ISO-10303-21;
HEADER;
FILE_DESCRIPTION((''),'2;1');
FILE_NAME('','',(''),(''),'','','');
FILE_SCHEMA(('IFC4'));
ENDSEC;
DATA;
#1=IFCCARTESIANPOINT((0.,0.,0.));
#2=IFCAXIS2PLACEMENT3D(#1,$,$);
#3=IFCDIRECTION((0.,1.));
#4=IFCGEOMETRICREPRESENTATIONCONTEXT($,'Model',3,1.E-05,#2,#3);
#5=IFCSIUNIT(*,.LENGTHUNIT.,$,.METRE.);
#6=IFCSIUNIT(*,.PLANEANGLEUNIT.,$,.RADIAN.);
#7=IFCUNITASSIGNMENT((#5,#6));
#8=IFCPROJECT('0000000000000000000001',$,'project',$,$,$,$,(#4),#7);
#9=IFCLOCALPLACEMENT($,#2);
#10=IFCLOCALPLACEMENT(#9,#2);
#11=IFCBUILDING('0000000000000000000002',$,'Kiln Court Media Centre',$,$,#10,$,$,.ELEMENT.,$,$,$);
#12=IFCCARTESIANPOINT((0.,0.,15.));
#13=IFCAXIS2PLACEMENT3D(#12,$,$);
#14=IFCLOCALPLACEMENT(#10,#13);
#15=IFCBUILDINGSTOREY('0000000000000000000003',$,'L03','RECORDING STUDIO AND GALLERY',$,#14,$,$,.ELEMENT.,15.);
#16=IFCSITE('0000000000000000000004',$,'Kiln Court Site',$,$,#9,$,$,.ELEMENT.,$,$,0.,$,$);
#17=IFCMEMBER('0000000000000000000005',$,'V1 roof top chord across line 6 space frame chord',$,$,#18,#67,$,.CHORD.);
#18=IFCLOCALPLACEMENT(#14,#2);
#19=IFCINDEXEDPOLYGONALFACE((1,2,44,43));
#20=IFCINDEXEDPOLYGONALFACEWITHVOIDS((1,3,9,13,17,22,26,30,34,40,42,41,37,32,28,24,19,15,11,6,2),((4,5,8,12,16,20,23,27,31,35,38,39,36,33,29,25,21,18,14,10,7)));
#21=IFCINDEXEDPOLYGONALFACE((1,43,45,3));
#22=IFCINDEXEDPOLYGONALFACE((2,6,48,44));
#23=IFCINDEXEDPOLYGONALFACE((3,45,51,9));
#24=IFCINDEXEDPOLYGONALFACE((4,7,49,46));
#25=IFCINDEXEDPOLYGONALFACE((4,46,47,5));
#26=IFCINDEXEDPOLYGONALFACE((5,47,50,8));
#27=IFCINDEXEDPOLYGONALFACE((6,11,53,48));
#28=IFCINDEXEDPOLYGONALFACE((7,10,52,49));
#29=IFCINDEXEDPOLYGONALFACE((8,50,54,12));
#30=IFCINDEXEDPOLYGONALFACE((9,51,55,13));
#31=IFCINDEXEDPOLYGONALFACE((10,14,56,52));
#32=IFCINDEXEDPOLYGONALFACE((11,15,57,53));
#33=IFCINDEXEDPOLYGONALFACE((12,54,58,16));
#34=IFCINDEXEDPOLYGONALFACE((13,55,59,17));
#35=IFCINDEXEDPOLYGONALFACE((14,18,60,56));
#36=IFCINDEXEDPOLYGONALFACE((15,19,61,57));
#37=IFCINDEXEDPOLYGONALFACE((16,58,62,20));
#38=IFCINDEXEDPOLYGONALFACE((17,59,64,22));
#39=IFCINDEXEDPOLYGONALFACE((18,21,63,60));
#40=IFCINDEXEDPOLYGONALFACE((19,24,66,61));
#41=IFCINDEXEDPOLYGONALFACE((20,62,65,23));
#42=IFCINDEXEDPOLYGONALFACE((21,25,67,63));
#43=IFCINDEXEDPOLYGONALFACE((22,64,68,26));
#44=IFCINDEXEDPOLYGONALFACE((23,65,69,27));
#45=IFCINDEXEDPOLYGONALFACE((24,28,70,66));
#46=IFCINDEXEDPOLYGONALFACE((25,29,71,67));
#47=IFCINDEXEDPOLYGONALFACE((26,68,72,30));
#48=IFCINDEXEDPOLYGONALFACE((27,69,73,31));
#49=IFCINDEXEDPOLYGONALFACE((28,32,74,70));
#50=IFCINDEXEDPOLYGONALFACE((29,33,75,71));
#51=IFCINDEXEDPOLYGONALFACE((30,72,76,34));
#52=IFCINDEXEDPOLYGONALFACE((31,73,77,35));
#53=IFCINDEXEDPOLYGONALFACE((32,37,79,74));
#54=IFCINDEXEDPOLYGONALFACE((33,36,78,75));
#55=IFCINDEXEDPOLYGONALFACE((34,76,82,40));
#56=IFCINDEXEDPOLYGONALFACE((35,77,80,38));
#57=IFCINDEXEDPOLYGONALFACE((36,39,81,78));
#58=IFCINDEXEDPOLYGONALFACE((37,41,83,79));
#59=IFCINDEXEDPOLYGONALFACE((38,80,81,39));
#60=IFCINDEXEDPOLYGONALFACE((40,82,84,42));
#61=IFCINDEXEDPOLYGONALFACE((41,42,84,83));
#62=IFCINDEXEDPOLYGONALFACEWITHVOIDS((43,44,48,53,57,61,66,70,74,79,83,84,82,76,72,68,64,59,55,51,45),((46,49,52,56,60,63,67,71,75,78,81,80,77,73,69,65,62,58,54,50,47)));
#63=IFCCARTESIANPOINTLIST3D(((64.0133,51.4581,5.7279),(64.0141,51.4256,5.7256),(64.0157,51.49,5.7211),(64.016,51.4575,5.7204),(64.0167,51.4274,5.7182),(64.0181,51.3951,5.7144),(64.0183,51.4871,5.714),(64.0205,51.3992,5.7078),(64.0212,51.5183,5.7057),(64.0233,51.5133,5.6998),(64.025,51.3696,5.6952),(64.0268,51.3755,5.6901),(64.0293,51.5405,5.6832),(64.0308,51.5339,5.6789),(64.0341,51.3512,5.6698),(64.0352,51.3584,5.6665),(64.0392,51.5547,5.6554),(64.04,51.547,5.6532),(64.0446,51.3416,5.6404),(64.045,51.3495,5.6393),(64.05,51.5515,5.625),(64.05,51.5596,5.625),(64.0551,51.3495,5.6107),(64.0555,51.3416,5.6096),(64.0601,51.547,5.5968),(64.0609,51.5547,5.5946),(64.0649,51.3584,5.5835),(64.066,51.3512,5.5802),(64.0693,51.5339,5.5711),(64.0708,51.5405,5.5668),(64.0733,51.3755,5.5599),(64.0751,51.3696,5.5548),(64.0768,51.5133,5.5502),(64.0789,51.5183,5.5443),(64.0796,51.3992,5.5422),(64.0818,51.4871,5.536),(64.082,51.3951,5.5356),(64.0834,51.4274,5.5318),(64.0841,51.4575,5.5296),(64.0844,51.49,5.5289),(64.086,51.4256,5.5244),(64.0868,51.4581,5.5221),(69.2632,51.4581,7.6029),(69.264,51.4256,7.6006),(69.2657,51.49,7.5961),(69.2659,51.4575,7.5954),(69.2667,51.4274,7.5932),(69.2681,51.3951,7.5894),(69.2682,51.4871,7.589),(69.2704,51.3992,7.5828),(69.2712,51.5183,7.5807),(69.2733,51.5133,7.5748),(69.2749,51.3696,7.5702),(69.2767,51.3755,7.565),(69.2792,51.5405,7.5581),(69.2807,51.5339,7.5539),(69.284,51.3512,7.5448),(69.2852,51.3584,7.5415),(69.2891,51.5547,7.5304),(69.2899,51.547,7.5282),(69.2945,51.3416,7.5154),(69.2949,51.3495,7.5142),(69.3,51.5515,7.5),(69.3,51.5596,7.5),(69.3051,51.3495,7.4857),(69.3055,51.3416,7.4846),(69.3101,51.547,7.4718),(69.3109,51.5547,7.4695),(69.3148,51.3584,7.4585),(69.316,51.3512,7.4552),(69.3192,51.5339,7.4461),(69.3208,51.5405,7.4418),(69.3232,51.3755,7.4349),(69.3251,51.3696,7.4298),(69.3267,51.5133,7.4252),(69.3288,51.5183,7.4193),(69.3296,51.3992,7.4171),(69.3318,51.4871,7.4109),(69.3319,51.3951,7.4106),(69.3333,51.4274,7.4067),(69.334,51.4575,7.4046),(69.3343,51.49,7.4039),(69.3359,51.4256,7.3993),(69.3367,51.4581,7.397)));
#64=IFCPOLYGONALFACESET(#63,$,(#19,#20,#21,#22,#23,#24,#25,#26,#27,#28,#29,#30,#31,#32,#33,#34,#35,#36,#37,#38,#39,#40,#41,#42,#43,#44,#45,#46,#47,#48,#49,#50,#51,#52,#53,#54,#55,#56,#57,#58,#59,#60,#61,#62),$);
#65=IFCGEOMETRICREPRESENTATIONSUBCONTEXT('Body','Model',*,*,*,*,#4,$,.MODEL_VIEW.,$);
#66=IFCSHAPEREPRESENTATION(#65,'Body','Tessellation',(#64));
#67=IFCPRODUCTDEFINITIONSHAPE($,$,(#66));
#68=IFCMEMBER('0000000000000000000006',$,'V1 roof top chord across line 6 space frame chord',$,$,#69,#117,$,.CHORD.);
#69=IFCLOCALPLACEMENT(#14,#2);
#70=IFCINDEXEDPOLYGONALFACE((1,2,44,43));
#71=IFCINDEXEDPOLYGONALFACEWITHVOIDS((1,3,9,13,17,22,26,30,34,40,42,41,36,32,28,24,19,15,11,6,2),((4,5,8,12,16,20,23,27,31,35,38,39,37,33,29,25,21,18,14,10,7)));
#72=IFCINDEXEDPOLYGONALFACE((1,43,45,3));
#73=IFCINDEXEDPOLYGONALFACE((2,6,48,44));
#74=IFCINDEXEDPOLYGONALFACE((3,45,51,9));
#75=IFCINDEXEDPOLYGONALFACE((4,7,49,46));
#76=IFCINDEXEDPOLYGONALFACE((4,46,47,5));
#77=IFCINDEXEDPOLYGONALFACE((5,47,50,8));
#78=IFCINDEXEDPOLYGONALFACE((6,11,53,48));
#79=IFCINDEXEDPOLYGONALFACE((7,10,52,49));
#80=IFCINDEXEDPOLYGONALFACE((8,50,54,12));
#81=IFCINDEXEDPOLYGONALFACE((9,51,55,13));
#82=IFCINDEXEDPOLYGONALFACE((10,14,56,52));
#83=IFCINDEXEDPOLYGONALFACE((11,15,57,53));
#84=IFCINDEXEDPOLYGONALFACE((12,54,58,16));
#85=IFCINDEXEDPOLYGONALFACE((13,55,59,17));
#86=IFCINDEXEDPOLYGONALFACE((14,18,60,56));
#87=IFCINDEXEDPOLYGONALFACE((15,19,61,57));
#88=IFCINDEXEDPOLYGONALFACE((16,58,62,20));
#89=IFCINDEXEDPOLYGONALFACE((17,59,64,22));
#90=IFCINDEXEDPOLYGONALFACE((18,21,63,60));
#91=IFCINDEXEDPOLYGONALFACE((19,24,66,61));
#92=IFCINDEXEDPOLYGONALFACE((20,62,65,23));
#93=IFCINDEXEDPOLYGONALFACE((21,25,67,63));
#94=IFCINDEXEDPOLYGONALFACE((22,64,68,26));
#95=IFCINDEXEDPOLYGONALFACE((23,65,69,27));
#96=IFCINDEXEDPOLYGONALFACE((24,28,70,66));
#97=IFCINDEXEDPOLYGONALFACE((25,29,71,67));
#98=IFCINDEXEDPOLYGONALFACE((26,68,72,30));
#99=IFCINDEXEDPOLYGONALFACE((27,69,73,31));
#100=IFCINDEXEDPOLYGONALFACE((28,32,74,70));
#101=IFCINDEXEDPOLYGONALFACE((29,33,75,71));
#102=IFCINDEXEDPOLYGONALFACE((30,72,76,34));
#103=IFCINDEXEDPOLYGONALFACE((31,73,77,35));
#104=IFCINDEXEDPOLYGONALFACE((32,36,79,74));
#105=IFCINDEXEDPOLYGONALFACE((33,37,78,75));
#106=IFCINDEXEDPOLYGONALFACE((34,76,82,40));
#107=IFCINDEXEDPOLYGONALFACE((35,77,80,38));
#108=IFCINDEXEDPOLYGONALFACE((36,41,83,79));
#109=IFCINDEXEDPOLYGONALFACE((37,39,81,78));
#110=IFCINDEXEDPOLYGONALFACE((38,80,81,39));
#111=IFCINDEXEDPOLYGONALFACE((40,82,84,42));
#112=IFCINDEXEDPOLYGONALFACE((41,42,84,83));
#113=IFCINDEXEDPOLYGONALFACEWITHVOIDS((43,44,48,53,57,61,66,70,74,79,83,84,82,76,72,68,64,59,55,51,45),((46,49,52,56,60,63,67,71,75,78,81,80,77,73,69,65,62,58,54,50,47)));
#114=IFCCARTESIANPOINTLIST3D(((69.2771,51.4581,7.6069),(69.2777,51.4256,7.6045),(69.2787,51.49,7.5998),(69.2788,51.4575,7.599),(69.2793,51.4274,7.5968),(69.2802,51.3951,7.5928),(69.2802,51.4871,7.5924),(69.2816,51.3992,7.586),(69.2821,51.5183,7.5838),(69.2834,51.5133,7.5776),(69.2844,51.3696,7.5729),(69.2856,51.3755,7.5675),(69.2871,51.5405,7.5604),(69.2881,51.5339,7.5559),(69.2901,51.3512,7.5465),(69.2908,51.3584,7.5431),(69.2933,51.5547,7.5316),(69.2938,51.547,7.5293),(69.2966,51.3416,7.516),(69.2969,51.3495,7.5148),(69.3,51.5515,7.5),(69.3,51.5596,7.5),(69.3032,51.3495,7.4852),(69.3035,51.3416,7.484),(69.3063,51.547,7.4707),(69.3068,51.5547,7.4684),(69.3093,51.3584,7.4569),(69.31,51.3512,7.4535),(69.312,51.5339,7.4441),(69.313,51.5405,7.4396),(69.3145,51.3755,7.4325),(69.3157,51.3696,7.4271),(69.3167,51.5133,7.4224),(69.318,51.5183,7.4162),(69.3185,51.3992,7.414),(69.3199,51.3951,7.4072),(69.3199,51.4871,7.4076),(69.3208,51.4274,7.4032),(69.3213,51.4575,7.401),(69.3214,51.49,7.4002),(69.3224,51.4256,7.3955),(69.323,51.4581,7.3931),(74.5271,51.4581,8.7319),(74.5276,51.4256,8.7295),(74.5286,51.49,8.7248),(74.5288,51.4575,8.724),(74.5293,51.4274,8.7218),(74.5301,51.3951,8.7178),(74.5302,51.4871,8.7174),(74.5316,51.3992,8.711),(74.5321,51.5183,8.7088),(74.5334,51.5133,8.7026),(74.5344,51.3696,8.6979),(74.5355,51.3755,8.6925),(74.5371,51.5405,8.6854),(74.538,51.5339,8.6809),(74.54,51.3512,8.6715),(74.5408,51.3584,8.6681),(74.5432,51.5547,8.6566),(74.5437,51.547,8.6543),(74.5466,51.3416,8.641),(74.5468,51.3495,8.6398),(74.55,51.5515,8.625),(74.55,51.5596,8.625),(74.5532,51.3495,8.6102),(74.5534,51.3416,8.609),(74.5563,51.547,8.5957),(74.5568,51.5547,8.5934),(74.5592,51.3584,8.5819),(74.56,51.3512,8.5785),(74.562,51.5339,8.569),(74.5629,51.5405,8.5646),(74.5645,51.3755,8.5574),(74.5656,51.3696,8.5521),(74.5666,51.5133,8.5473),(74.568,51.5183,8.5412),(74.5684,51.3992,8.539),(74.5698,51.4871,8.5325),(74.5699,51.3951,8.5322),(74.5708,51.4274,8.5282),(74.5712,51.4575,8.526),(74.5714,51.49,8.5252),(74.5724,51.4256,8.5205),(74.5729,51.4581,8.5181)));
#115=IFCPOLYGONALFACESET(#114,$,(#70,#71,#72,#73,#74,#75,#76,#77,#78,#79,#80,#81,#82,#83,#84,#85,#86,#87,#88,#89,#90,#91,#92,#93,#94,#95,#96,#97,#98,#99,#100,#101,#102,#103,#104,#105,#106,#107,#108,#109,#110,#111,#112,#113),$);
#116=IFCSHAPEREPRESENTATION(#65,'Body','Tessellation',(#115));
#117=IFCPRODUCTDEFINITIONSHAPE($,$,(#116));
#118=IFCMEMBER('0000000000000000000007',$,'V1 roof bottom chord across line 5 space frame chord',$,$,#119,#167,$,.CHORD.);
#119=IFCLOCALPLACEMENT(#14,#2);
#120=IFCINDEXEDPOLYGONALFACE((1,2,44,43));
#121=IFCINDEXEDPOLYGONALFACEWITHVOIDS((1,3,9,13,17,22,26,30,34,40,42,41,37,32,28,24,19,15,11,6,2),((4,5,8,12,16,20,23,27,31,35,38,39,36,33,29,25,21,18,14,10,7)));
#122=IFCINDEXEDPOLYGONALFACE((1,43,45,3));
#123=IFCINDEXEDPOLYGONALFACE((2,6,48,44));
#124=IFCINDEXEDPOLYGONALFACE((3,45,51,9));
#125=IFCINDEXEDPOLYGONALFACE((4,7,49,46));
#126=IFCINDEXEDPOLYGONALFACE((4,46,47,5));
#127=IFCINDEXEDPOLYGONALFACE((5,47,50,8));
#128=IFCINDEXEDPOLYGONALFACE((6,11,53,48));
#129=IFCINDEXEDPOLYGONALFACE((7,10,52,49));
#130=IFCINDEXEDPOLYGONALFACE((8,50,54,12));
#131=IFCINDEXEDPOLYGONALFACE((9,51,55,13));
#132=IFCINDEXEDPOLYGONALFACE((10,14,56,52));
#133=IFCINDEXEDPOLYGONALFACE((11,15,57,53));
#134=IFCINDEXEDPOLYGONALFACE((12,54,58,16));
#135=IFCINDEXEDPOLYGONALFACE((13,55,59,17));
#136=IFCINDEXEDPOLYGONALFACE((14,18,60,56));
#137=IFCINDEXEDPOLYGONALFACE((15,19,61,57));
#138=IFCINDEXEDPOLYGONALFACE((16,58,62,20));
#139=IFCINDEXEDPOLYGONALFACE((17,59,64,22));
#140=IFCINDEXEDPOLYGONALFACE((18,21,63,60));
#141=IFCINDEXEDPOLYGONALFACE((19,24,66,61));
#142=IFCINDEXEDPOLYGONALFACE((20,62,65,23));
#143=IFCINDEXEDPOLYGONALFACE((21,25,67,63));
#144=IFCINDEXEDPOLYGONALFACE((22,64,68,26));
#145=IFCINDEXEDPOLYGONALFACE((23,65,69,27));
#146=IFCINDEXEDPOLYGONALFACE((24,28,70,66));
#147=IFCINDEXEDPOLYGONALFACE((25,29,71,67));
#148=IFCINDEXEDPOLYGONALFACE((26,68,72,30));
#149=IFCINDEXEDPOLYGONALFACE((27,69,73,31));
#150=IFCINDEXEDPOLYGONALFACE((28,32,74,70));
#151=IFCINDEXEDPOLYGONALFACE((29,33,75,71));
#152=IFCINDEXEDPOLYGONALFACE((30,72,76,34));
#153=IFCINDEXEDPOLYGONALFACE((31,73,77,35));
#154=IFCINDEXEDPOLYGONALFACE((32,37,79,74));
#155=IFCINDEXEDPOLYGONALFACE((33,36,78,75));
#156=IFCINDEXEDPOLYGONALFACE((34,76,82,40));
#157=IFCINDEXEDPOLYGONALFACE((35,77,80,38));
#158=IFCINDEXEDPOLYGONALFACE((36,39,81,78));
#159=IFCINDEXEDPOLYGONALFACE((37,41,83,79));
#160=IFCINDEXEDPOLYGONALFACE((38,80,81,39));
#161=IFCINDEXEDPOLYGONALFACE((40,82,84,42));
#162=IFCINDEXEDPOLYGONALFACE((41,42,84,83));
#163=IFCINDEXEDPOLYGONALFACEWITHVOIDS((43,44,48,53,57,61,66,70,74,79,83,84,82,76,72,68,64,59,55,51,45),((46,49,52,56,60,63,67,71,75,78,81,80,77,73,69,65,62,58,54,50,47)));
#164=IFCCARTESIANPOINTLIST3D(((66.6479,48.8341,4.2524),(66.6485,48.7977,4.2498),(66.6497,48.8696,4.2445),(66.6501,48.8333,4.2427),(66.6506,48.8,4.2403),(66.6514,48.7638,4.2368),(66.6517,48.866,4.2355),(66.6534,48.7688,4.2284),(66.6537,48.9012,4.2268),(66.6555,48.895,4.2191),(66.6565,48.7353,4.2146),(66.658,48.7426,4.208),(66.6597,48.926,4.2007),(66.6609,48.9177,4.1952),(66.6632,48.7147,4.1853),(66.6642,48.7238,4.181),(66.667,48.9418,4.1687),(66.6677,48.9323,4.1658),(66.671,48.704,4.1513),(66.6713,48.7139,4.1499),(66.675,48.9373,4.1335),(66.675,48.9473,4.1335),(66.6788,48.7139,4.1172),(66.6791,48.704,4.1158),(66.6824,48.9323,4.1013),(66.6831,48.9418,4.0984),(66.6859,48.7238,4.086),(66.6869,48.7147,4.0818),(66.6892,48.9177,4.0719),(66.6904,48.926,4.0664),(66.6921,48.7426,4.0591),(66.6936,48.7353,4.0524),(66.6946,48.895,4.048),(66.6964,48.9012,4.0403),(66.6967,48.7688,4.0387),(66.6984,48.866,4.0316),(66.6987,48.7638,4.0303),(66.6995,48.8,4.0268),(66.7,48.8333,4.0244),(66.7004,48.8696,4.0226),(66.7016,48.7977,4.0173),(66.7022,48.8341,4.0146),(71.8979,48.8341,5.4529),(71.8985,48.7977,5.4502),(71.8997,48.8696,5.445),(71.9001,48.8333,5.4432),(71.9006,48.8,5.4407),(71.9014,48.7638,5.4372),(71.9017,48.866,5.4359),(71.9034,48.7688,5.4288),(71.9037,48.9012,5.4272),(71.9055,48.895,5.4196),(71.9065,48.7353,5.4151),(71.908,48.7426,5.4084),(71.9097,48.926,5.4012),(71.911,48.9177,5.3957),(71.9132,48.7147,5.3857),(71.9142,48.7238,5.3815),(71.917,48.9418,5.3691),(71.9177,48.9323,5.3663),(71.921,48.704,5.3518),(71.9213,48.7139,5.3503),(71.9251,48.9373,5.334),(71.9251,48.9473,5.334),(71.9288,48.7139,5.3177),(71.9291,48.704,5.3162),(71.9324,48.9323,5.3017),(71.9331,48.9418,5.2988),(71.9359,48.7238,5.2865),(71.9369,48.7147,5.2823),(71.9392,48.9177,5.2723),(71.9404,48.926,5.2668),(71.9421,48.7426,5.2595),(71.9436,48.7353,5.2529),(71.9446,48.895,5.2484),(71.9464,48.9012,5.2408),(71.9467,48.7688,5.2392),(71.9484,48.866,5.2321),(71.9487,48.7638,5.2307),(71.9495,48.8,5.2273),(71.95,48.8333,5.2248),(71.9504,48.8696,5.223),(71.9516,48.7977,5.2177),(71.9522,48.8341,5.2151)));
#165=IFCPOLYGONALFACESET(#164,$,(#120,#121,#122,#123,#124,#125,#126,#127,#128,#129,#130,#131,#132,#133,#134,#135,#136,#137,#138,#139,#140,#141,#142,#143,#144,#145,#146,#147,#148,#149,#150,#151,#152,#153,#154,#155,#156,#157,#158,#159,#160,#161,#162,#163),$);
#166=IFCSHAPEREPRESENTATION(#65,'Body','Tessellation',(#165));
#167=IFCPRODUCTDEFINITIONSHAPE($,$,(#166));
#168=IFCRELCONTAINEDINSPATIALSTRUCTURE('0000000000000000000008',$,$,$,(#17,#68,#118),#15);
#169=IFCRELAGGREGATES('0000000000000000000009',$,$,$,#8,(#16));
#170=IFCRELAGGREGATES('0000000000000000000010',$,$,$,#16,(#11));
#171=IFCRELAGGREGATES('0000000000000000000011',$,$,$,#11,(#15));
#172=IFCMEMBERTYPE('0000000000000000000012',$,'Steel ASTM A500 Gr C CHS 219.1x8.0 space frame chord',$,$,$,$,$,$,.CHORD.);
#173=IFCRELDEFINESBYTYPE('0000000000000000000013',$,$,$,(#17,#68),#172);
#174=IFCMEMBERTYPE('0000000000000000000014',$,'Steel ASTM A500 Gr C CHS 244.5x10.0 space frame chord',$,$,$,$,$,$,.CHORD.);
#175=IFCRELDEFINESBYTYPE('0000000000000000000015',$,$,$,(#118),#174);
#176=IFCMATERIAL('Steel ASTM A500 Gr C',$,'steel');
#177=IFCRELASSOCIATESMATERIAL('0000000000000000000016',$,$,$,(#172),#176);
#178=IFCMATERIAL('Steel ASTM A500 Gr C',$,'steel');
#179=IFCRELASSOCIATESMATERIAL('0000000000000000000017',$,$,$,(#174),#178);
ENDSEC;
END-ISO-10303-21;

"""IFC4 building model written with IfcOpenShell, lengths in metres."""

from ifc_helpers import new_model, si_unit, direction, frame, origin, origin_2d, place, context, subcontext, project, spatial, hollow_circle, extrude, material, material_profile, profile_set, type_object, element, save


model = new_model("IFC4")

# Units and contexts
model_context = context("Model", 3, precision=1e-05, world=origin(), true_north=direction((0.0, 1.0)))
body_context = subcontext(model_context, "Body", "Model", "MODEL_VIEW")
ifc_project = project(units=[si_unit("LENGTHUNIT", "METRE"), si_unit("PLANEANGLEUNIT", "RADIAN")], contexts=[model_context])

# Site, building, storey
site_placement = place(None, origin())
site = spatial("IfcSite", under=ifc_project, at=site_placement, Name="Kiln Court Site", CompositionType="ELEMENT", RefElevation=0.0)
building_placement = place(site_placement, origin())
building = spatial("IfcBuilding", under=site, at=building_placement, Name="Kiln Court Media Centre", CompositionType="ELEMENT")
storey_placement = place(building_placement, frame((0.0, 0.0, 15.0)))
storey = spatial("IfcBuildingStorey", under=building, at=storey_placement, Name="L03", Description="RECORDING STUDIO AND GALLERY", CompositionType="ELEMENT", Elevation=15.0)

# Members
ifc_material_1 = material(Name="Steel ASTM A500 Gr C", Category="steel")
ifc_material_profile_1 = material_profile(ifc_material_1, hollow_circle(Radius=0.1096, WallThickness=0.0081, at=origin_2d()), Name="CHS 219.1x8.0")
ifc_profile_set_1 = profile_set([ifc_material_profile_1], Name="Steel ASTM A500 Gr C")
member_type_1 = type_object("IfcMemberType", Name="Steel ASTM A500 Gr C CHS 219.1x8.0 space frame chord", PredefinedType="CHORD", material=ifc_profile_set_1)
member_1_placement = place(storey_placement, frame((64.05, 51.45, 5.625), z_axis=(0.941742, 0.0, 0.336336), x_axis=(0.0, 1.0, 0.0)))
element("IfcMember", 1, at=member_1_placement, inside=storey, type_object=member_type_1, Name="V1 roof top chord across line 6 space frame chord", PredefinedType="CHORD", context=body_context, shape_type="SweptSolid", body=[
    extrude(hollow_circle(Radius=0.1096, WallThickness=0.0081, at=origin_2d()), origin(), (0.0, 0.0, 1.0), 5.5747),
])
member_2_placement = place(storey_placement, frame((69.3, 51.45, 7.5), z_axis=(0.977802, 0.0, 0.209529), x_axis=(0.0, 1.0, 0.0)))
element("IfcMember", 2, at=member_2_placement, inside=storey, type_object=member_type_1, Name="V1 roof top chord across line 6 space frame chord", PredefinedType="CHORD", context=body_context, shape_type="SweptSolid", body=[
    extrude(hollow_circle(Radius=0.1096, WallThickness=0.0081, at=origin_2d()), origin(), (0.0, 0.0, 1.0), 5.3691),
])
ifc_material_2 = material(Name="Steel ASTM A500 Gr C", Category="steel")
ifc_material_profile_2 = material_profile(ifc_material_2, hollow_circle(Radius=0.1223, WallThickness=0.01, at=origin_2d()), Name="CHS 244.5x10.0")
ifc_profile_set_2 = profile_set([ifc_material_profile_2], Name="Steel ASTM A500 Gr C")
member_type_2 = type_object("IfcMemberType", Name="Steel ASTM A500 Gr C CHS 244.5x10.0 space frame chord", PredefinedType="CHORD", material=ifc_profile_set_2)
member_3_placement = place(storey_placement, frame((66.675, 48.825, 4.1335), z_axis=(0.974841, 0.0, 0.222902), x_axis=(0.0, 1.0, 0.0)))
element("IfcMember", 3, at=member_3_placement, inside=storey, type_object=member_type_2, Name="V1 roof bottom chord across line 5 space frame chord", PredefinedType="CHORD", context=body_context, shape_type="SweptSolid", body=[
    extrude(hollow_circle(Radius=0.1223, WallThickness=0.01, at=origin_2d()), origin(), (0.0, 0.0, 1.0), 5.3855),
])

save(model, "model.ifc")
